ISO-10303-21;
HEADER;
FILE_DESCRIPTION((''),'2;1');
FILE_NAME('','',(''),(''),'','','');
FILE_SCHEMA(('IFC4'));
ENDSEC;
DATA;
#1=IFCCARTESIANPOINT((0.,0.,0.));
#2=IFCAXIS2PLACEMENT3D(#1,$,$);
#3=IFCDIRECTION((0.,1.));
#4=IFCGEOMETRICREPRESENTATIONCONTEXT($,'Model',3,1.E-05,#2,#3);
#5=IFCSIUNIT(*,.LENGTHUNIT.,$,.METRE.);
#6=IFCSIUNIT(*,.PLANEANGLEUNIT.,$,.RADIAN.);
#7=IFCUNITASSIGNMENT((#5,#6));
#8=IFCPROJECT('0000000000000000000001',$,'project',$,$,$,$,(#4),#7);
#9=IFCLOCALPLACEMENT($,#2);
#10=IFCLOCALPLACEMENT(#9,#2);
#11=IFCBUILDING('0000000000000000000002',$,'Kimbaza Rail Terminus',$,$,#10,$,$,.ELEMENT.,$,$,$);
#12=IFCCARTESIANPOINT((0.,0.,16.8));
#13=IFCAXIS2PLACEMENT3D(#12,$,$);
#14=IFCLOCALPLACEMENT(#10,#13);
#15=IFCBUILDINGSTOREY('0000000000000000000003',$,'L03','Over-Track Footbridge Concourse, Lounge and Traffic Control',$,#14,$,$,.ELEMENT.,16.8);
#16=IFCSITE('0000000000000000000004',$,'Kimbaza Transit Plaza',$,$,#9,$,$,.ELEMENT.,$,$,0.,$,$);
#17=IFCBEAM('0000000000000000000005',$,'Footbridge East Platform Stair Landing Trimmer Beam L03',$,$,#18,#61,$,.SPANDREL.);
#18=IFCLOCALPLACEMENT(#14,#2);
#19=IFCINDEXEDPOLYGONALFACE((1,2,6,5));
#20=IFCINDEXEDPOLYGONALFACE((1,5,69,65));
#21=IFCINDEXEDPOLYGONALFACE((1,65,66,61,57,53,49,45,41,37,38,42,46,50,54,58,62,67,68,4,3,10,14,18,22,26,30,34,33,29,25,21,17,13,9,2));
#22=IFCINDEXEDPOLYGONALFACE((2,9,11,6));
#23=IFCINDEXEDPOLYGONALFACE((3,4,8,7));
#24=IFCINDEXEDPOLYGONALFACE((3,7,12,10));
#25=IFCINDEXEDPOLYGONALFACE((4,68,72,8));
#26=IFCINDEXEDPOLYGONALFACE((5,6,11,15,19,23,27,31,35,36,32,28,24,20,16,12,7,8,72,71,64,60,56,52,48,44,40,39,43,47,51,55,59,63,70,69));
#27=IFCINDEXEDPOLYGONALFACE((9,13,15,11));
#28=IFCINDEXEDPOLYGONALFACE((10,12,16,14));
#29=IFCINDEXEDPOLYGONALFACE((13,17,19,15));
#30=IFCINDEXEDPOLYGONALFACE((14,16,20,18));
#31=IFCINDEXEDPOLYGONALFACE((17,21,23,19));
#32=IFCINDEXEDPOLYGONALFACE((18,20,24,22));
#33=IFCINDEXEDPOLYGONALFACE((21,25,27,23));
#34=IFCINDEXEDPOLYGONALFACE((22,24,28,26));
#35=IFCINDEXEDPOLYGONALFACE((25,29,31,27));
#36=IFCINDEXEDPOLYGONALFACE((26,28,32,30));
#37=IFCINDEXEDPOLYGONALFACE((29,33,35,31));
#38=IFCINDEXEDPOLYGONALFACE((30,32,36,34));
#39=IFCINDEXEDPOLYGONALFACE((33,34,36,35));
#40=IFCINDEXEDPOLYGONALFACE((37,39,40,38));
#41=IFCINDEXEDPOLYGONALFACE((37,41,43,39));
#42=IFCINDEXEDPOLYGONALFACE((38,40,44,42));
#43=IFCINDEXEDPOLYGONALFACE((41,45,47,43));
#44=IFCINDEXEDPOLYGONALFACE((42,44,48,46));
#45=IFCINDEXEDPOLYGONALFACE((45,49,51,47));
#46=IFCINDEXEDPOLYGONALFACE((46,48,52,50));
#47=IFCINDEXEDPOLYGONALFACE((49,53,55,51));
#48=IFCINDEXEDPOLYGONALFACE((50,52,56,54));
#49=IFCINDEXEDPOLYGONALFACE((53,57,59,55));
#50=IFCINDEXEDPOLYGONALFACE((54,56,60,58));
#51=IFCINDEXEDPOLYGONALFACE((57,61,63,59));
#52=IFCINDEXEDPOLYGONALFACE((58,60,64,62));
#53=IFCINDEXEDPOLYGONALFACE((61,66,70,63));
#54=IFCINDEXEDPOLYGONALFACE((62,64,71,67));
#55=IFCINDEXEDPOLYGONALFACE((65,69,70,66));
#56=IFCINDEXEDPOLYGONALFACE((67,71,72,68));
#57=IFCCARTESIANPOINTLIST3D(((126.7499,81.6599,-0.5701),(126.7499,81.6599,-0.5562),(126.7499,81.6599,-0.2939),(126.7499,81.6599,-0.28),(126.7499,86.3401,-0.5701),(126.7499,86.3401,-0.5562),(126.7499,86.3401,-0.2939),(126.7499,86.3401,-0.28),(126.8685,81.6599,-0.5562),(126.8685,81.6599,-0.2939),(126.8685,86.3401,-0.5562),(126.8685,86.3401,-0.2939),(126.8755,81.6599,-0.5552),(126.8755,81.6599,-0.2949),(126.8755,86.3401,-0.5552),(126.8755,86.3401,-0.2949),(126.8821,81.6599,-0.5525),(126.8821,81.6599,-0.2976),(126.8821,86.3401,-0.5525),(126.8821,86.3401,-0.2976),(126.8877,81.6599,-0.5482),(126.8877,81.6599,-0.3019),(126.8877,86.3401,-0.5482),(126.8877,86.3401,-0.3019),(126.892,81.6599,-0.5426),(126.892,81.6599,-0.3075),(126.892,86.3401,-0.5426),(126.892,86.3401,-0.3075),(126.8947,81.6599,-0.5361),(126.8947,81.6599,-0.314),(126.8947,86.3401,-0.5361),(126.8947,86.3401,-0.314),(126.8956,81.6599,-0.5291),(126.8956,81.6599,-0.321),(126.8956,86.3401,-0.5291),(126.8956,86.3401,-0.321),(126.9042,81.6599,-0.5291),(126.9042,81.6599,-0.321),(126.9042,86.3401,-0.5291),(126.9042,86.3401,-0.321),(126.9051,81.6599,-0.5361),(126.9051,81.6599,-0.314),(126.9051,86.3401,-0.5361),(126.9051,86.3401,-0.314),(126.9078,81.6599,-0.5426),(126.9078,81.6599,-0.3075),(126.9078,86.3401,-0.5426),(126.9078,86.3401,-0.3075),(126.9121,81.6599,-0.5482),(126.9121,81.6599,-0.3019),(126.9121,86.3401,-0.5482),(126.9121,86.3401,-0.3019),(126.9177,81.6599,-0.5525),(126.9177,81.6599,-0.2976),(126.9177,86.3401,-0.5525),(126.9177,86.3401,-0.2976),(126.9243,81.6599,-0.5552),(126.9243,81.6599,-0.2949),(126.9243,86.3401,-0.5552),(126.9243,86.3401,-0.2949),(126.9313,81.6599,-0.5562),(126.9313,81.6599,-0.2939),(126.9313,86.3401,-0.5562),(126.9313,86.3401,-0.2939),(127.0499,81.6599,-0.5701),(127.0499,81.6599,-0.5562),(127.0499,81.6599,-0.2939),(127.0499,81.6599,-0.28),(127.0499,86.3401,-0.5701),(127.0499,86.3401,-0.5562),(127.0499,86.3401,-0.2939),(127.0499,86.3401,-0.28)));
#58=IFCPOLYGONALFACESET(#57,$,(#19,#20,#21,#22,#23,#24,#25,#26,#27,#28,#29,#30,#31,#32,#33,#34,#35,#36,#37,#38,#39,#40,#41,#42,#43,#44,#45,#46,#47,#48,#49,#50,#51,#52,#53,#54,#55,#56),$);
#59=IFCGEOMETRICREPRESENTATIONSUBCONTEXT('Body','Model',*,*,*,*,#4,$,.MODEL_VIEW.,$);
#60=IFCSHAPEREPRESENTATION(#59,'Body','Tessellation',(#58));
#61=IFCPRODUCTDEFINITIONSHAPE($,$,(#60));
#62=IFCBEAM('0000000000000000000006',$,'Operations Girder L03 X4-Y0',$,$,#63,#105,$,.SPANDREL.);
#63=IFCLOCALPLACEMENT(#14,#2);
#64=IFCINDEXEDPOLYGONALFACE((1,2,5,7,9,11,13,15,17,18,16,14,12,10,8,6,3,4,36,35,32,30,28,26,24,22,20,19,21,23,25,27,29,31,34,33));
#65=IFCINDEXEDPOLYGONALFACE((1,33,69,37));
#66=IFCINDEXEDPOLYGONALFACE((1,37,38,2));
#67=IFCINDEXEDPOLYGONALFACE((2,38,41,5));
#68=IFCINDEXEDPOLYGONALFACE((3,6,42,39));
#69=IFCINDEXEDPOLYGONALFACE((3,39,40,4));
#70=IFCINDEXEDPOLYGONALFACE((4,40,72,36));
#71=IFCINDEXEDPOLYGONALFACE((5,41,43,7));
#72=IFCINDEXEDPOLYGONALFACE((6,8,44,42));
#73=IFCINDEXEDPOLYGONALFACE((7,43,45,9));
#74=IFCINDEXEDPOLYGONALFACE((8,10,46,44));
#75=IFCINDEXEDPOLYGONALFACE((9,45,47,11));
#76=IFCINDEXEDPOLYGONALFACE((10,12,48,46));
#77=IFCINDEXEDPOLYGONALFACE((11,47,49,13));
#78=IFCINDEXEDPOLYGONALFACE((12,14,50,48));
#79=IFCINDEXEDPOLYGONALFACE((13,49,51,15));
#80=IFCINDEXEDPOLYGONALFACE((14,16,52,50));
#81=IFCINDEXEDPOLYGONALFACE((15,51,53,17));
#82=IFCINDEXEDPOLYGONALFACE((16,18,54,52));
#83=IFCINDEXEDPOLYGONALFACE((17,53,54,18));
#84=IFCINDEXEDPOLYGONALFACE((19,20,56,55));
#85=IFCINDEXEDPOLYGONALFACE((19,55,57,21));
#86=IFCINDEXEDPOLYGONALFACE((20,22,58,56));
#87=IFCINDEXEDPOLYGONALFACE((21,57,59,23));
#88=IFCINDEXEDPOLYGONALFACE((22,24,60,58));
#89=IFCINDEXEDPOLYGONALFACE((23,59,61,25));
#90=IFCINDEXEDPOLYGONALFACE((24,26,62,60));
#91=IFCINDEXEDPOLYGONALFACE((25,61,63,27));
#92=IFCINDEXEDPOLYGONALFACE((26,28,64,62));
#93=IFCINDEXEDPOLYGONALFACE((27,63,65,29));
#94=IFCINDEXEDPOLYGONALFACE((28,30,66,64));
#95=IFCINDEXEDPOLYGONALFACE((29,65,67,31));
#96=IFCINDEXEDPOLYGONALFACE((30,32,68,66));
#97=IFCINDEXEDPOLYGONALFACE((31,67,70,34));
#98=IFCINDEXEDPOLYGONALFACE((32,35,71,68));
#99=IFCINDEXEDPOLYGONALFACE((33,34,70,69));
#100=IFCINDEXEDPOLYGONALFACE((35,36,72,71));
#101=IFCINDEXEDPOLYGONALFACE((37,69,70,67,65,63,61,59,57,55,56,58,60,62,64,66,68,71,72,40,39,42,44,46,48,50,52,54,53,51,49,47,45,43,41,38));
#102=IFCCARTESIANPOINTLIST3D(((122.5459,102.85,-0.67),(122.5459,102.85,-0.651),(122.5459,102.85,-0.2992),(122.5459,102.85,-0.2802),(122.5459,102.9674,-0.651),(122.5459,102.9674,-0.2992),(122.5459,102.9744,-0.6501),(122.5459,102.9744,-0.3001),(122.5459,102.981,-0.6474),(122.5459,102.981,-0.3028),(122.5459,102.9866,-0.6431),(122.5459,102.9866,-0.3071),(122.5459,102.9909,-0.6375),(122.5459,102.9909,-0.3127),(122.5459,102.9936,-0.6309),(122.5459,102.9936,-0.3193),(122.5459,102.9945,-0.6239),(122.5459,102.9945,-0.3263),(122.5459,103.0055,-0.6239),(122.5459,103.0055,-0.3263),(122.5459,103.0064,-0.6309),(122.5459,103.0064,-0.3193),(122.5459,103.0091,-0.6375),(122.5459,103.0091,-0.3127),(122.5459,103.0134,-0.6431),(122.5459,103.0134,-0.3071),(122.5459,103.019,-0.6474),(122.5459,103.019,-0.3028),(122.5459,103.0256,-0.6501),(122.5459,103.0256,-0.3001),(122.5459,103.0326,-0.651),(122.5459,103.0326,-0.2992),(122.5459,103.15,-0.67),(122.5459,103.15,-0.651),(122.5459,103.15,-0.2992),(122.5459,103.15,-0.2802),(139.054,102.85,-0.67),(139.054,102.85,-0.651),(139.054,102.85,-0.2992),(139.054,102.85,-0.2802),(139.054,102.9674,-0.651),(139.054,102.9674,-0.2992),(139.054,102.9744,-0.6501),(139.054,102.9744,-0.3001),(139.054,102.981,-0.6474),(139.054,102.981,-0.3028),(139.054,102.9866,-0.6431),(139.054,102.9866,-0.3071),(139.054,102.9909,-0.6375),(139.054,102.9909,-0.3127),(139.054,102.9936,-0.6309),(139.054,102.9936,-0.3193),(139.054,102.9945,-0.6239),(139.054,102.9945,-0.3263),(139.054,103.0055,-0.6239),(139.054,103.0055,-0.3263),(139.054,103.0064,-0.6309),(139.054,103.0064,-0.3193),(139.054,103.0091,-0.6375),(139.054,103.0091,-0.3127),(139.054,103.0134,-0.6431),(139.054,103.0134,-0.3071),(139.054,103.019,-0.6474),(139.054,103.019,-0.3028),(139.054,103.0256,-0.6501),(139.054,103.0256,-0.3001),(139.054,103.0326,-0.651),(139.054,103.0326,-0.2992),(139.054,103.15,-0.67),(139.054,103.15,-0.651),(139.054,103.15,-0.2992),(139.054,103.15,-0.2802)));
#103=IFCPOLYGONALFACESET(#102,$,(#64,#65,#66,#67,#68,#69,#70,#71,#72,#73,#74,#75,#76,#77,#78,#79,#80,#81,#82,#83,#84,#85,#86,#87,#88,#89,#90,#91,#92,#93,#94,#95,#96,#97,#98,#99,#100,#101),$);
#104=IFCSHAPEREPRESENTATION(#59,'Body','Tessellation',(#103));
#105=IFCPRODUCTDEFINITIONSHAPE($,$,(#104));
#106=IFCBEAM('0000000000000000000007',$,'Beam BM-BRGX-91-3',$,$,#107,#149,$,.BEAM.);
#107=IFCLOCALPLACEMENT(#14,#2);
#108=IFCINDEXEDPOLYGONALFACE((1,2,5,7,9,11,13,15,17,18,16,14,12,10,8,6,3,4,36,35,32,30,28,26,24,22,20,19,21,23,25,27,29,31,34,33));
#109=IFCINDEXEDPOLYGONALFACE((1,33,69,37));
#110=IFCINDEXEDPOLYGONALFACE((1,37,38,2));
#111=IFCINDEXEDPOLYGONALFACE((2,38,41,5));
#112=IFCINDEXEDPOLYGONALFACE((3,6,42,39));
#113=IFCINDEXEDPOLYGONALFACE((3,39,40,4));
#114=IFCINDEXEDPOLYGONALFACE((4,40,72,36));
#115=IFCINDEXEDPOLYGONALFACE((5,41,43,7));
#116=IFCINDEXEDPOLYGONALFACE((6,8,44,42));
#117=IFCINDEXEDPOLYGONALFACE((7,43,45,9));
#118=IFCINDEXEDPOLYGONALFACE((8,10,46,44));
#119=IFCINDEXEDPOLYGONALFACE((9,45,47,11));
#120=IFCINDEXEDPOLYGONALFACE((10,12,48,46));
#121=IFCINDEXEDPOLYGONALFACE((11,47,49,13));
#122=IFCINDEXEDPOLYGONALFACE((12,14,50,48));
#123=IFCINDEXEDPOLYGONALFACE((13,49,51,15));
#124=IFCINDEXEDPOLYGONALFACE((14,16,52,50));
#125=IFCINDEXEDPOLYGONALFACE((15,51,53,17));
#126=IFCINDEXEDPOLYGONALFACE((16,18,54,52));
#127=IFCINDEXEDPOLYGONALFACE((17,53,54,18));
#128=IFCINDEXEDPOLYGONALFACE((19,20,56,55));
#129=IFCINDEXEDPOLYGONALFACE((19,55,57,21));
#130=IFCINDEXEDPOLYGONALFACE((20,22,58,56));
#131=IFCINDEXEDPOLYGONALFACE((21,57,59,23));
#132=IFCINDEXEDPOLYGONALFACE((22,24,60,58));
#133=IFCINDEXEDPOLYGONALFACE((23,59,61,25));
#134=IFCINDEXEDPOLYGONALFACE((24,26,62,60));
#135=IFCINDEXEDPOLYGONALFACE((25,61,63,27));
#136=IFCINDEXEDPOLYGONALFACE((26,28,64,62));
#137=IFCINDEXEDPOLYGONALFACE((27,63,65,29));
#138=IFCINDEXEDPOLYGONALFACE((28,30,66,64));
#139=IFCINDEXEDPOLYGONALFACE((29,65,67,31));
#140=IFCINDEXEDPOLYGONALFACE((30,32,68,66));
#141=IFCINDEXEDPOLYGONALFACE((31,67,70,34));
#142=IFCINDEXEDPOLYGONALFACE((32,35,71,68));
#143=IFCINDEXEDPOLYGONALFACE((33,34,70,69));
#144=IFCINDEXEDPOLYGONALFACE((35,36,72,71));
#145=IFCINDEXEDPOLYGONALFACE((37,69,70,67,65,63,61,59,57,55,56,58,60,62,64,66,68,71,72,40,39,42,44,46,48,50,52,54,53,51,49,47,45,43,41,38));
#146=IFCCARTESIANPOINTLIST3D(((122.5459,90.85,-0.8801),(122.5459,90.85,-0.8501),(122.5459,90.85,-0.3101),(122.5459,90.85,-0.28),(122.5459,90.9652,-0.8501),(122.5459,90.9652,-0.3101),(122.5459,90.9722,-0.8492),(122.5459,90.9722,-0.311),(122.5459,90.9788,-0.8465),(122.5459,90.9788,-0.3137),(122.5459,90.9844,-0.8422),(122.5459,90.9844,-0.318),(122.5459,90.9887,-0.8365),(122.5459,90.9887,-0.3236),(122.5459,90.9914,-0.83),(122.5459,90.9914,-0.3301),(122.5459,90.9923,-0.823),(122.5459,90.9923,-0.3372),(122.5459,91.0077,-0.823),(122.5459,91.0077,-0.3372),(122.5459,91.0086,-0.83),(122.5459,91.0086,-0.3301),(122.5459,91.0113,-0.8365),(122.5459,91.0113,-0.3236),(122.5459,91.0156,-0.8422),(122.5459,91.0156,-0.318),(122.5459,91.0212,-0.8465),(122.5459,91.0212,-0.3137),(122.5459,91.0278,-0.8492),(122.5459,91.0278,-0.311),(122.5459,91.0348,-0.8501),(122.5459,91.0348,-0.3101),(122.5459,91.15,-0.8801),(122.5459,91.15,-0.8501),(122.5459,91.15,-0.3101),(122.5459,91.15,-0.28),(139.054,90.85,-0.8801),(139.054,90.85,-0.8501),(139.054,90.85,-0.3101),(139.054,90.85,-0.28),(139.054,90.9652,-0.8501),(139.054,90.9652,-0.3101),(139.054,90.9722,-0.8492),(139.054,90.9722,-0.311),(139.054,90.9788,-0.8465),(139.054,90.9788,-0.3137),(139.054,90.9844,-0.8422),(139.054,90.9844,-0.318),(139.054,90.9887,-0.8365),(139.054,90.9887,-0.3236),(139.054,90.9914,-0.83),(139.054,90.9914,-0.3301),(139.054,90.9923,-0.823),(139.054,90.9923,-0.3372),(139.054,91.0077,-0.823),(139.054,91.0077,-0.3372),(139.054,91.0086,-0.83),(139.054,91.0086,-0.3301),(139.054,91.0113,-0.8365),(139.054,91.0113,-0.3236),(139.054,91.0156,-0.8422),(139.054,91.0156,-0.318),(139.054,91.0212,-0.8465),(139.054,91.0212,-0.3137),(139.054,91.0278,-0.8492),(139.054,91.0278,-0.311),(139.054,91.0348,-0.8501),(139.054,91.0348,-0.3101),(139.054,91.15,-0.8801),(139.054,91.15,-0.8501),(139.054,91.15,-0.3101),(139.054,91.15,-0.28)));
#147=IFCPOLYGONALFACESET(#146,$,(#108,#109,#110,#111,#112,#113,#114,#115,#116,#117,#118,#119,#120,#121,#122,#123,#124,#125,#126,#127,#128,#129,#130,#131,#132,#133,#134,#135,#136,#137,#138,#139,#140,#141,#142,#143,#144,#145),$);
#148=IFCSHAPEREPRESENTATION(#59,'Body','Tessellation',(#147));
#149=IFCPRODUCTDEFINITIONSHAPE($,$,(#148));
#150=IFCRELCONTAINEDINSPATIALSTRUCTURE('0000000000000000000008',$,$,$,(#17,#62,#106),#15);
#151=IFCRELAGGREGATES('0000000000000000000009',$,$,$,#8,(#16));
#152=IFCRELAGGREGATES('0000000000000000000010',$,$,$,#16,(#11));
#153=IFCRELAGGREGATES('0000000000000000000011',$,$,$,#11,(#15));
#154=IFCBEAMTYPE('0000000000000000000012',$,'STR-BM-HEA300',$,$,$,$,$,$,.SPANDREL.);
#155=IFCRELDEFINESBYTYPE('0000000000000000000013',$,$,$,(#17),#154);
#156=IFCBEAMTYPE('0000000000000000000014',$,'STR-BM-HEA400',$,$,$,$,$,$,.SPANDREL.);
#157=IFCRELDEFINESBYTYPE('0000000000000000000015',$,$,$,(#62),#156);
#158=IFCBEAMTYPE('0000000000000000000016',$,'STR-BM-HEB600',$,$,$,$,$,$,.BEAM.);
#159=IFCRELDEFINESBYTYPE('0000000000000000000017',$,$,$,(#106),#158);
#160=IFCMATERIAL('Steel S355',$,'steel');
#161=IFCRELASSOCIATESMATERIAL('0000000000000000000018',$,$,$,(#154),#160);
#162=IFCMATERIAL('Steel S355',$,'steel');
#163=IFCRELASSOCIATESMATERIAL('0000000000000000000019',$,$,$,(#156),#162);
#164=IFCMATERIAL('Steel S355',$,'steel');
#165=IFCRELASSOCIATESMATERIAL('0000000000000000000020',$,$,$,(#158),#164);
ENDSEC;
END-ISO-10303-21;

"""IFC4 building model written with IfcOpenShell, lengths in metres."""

from ifc_helpers import new_model, si_unit, direction, frame, origin, origin_2d, place, context, subcontext, project, spatial, i_section, extrude, material, material_profile, profile_set, type_object, element, save


model = new_model("IFC4")

# Units and contexts
model_context = context("Model", 3, precision=1e-05, world=origin(), true_north=direction((0.0, 1.0)))
body_context = subcontext(model_context, "Body", "Model", "MODEL_VIEW")
ifc_project = project(units=[si_unit("LENGTHUNIT", "METRE"), si_unit("PLANEANGLEUNIT", "RADIAN")], contexts=[model_context])

# Site, building, storey
site_placement = place(None, origin())
site = spatial("IfcSite", under=ifc_project, at=site_placement, Name="Kimbaza Transit Plaza", CompositionType="ELEMENT", RefElevation=0.0)
building_placement = place(site_placement, origin())
building = spatial("IfcBuilding", under=site, at=building_placement, Name="Kimbaza Rail Terminus", CompositionType="ELEMENT")
storey_placement = place(building_placement, frame((0.0, 0.0, 16.8)))
storey = spatial("IfcBuildingStorey", under=building, at=storey_placement, Name="L03", Description="Over-Track Footbridge Concourse, Lounge and Traffic Control", CompositionType="ELEMENT", Elevation=16.8)

# Beams
ifc_material_1 = material(Name="Steel S355", Category="steel")
ifc_material_profile_1 = material_profile(ifc_material_1, i_section(OverallWidth=0.3, OverallDepth=0.29, WebThickness=0.0085, FlangeThickness=0.0139, FilletRadius=0.0271, at=origin_2d()), Name="HEA 300")
ifc_profile_set_1 = profile_set([ifc_material_profile_1], Name="Steel S355")
beam_type_1 = type_object("IfcBeamType", Name="STR-BM-HEA300", PredefinedType="SPANDREL", material=ifc_profile_set_1)
beam_1_placement = place(storey_placement, frame((126.8999, 81.6599, -0.425), z_axis=(0.0, 1.0, 0.0), x_axis=(-1.0, 0.0, 0.0)))
element("IfcBeam", 1, at=beam_1_placement, inside=storey, type_object=beam_type_1, Name="Footbridge East Platform Stair Landing Trimmer Beam L03", PredefinedType="SPANDREL", context=body_context, shape_type="SweptSolid", body=[
    extrude(i_section(OverallWidth=0.3, OverallDepth=0.29, WebThickness=0.0085, FlangeThickness=0.0139, FilletRadius=0.0271, at=origin_2d()), origin(), (0.0, 0.0, 1.0), 4.6802),
])
ifc_material_2 = material(Name="Steel S355", Category="steel")
ifc_material_profile_2 = material_profile(ifc_material_2, i_section(OverallWidth=0.3, OverallDepth=0.3899, WebThickness=0.011, FlangeThickness=0.019, FilletRadius=0.0271, at=origin_2d()), Name="HEA 400")
ifc_profile_set_2 = profile_set([ifc_material_profile_2], Name="Steel S355")
beam_type_2 = type_object("IfcBeamType", Name="STR-BM-HEA400", PredefinedType="SPANDREL", material=ifc_profile_set_2)
beam_2_placement = place(storey_placement, frame((122.5459, 103.0, -0.4751), z_axis=(1.0, 0.0, 0.0), x_axis=(0.0, 1.0, 0.0)))
element("IfcBeam", 2, at=beam_2_placement, inside=storey, type_object=beam_type_2, Name="Operations Girder L03 X4-Y0", PredefinedType="SPANDREL", context=body_context, shape_type="SweptSolid", body=[
    extrude(i_section(OverallWidth=0.3, OverallDepth=0.3899, WebThickness=0.011, FlangeThickness=0.019, FilletRadius=0.0271, at=origin_2d()), origin(), (0.0, 0.0, 1.0), 16.5081),
])
ifc_material_3 = material(Name="Steel S355", Category="steel")
ifc_material_profile_3 = material_profile(ifc_material_3, i_section(OverallWidth=0.3, OverallDepth=0.6001, WebThickness=0.0154, FlangeThickness=0.03, FilletRadius=0.0271, at=origin_2d()), Name="HEB 600")
ifc_profile_set_3 = profile_set([ifc_material_profile_3], Name="Steel S355")
beam_type_3 = type_object("IfcBeamType", Name="STR-BM-HEB600", PredefinedType="BEAM", material=ifc_profile_set_3)
beam_3_placement = place(storey_placement, frame((122.5459, 91.0, -0.5801), z_axis=(1.0, 0.0, 0.0), x_axis=(0.0, 1.0, 0.0)))
element("IfcBeam", 3, at=beam_3_placement, inside=storey, type_object=beam_type_3, Name="Beam BM-BRGX-91-3", PredefinedType="BEAM", context=body_context, shape_type="SweptSolid", body=[
    extrude(i_section(OverallWidth=0.3, OverallDepth=0.6001, WebThickness=0.0154, FlangeThickness=0.03, FilletRadius=0.0271, at=origin_2d()), origin(), (0.0, 0.0, 1.0), 16.5081),
])

save(model, "model.ifc")
